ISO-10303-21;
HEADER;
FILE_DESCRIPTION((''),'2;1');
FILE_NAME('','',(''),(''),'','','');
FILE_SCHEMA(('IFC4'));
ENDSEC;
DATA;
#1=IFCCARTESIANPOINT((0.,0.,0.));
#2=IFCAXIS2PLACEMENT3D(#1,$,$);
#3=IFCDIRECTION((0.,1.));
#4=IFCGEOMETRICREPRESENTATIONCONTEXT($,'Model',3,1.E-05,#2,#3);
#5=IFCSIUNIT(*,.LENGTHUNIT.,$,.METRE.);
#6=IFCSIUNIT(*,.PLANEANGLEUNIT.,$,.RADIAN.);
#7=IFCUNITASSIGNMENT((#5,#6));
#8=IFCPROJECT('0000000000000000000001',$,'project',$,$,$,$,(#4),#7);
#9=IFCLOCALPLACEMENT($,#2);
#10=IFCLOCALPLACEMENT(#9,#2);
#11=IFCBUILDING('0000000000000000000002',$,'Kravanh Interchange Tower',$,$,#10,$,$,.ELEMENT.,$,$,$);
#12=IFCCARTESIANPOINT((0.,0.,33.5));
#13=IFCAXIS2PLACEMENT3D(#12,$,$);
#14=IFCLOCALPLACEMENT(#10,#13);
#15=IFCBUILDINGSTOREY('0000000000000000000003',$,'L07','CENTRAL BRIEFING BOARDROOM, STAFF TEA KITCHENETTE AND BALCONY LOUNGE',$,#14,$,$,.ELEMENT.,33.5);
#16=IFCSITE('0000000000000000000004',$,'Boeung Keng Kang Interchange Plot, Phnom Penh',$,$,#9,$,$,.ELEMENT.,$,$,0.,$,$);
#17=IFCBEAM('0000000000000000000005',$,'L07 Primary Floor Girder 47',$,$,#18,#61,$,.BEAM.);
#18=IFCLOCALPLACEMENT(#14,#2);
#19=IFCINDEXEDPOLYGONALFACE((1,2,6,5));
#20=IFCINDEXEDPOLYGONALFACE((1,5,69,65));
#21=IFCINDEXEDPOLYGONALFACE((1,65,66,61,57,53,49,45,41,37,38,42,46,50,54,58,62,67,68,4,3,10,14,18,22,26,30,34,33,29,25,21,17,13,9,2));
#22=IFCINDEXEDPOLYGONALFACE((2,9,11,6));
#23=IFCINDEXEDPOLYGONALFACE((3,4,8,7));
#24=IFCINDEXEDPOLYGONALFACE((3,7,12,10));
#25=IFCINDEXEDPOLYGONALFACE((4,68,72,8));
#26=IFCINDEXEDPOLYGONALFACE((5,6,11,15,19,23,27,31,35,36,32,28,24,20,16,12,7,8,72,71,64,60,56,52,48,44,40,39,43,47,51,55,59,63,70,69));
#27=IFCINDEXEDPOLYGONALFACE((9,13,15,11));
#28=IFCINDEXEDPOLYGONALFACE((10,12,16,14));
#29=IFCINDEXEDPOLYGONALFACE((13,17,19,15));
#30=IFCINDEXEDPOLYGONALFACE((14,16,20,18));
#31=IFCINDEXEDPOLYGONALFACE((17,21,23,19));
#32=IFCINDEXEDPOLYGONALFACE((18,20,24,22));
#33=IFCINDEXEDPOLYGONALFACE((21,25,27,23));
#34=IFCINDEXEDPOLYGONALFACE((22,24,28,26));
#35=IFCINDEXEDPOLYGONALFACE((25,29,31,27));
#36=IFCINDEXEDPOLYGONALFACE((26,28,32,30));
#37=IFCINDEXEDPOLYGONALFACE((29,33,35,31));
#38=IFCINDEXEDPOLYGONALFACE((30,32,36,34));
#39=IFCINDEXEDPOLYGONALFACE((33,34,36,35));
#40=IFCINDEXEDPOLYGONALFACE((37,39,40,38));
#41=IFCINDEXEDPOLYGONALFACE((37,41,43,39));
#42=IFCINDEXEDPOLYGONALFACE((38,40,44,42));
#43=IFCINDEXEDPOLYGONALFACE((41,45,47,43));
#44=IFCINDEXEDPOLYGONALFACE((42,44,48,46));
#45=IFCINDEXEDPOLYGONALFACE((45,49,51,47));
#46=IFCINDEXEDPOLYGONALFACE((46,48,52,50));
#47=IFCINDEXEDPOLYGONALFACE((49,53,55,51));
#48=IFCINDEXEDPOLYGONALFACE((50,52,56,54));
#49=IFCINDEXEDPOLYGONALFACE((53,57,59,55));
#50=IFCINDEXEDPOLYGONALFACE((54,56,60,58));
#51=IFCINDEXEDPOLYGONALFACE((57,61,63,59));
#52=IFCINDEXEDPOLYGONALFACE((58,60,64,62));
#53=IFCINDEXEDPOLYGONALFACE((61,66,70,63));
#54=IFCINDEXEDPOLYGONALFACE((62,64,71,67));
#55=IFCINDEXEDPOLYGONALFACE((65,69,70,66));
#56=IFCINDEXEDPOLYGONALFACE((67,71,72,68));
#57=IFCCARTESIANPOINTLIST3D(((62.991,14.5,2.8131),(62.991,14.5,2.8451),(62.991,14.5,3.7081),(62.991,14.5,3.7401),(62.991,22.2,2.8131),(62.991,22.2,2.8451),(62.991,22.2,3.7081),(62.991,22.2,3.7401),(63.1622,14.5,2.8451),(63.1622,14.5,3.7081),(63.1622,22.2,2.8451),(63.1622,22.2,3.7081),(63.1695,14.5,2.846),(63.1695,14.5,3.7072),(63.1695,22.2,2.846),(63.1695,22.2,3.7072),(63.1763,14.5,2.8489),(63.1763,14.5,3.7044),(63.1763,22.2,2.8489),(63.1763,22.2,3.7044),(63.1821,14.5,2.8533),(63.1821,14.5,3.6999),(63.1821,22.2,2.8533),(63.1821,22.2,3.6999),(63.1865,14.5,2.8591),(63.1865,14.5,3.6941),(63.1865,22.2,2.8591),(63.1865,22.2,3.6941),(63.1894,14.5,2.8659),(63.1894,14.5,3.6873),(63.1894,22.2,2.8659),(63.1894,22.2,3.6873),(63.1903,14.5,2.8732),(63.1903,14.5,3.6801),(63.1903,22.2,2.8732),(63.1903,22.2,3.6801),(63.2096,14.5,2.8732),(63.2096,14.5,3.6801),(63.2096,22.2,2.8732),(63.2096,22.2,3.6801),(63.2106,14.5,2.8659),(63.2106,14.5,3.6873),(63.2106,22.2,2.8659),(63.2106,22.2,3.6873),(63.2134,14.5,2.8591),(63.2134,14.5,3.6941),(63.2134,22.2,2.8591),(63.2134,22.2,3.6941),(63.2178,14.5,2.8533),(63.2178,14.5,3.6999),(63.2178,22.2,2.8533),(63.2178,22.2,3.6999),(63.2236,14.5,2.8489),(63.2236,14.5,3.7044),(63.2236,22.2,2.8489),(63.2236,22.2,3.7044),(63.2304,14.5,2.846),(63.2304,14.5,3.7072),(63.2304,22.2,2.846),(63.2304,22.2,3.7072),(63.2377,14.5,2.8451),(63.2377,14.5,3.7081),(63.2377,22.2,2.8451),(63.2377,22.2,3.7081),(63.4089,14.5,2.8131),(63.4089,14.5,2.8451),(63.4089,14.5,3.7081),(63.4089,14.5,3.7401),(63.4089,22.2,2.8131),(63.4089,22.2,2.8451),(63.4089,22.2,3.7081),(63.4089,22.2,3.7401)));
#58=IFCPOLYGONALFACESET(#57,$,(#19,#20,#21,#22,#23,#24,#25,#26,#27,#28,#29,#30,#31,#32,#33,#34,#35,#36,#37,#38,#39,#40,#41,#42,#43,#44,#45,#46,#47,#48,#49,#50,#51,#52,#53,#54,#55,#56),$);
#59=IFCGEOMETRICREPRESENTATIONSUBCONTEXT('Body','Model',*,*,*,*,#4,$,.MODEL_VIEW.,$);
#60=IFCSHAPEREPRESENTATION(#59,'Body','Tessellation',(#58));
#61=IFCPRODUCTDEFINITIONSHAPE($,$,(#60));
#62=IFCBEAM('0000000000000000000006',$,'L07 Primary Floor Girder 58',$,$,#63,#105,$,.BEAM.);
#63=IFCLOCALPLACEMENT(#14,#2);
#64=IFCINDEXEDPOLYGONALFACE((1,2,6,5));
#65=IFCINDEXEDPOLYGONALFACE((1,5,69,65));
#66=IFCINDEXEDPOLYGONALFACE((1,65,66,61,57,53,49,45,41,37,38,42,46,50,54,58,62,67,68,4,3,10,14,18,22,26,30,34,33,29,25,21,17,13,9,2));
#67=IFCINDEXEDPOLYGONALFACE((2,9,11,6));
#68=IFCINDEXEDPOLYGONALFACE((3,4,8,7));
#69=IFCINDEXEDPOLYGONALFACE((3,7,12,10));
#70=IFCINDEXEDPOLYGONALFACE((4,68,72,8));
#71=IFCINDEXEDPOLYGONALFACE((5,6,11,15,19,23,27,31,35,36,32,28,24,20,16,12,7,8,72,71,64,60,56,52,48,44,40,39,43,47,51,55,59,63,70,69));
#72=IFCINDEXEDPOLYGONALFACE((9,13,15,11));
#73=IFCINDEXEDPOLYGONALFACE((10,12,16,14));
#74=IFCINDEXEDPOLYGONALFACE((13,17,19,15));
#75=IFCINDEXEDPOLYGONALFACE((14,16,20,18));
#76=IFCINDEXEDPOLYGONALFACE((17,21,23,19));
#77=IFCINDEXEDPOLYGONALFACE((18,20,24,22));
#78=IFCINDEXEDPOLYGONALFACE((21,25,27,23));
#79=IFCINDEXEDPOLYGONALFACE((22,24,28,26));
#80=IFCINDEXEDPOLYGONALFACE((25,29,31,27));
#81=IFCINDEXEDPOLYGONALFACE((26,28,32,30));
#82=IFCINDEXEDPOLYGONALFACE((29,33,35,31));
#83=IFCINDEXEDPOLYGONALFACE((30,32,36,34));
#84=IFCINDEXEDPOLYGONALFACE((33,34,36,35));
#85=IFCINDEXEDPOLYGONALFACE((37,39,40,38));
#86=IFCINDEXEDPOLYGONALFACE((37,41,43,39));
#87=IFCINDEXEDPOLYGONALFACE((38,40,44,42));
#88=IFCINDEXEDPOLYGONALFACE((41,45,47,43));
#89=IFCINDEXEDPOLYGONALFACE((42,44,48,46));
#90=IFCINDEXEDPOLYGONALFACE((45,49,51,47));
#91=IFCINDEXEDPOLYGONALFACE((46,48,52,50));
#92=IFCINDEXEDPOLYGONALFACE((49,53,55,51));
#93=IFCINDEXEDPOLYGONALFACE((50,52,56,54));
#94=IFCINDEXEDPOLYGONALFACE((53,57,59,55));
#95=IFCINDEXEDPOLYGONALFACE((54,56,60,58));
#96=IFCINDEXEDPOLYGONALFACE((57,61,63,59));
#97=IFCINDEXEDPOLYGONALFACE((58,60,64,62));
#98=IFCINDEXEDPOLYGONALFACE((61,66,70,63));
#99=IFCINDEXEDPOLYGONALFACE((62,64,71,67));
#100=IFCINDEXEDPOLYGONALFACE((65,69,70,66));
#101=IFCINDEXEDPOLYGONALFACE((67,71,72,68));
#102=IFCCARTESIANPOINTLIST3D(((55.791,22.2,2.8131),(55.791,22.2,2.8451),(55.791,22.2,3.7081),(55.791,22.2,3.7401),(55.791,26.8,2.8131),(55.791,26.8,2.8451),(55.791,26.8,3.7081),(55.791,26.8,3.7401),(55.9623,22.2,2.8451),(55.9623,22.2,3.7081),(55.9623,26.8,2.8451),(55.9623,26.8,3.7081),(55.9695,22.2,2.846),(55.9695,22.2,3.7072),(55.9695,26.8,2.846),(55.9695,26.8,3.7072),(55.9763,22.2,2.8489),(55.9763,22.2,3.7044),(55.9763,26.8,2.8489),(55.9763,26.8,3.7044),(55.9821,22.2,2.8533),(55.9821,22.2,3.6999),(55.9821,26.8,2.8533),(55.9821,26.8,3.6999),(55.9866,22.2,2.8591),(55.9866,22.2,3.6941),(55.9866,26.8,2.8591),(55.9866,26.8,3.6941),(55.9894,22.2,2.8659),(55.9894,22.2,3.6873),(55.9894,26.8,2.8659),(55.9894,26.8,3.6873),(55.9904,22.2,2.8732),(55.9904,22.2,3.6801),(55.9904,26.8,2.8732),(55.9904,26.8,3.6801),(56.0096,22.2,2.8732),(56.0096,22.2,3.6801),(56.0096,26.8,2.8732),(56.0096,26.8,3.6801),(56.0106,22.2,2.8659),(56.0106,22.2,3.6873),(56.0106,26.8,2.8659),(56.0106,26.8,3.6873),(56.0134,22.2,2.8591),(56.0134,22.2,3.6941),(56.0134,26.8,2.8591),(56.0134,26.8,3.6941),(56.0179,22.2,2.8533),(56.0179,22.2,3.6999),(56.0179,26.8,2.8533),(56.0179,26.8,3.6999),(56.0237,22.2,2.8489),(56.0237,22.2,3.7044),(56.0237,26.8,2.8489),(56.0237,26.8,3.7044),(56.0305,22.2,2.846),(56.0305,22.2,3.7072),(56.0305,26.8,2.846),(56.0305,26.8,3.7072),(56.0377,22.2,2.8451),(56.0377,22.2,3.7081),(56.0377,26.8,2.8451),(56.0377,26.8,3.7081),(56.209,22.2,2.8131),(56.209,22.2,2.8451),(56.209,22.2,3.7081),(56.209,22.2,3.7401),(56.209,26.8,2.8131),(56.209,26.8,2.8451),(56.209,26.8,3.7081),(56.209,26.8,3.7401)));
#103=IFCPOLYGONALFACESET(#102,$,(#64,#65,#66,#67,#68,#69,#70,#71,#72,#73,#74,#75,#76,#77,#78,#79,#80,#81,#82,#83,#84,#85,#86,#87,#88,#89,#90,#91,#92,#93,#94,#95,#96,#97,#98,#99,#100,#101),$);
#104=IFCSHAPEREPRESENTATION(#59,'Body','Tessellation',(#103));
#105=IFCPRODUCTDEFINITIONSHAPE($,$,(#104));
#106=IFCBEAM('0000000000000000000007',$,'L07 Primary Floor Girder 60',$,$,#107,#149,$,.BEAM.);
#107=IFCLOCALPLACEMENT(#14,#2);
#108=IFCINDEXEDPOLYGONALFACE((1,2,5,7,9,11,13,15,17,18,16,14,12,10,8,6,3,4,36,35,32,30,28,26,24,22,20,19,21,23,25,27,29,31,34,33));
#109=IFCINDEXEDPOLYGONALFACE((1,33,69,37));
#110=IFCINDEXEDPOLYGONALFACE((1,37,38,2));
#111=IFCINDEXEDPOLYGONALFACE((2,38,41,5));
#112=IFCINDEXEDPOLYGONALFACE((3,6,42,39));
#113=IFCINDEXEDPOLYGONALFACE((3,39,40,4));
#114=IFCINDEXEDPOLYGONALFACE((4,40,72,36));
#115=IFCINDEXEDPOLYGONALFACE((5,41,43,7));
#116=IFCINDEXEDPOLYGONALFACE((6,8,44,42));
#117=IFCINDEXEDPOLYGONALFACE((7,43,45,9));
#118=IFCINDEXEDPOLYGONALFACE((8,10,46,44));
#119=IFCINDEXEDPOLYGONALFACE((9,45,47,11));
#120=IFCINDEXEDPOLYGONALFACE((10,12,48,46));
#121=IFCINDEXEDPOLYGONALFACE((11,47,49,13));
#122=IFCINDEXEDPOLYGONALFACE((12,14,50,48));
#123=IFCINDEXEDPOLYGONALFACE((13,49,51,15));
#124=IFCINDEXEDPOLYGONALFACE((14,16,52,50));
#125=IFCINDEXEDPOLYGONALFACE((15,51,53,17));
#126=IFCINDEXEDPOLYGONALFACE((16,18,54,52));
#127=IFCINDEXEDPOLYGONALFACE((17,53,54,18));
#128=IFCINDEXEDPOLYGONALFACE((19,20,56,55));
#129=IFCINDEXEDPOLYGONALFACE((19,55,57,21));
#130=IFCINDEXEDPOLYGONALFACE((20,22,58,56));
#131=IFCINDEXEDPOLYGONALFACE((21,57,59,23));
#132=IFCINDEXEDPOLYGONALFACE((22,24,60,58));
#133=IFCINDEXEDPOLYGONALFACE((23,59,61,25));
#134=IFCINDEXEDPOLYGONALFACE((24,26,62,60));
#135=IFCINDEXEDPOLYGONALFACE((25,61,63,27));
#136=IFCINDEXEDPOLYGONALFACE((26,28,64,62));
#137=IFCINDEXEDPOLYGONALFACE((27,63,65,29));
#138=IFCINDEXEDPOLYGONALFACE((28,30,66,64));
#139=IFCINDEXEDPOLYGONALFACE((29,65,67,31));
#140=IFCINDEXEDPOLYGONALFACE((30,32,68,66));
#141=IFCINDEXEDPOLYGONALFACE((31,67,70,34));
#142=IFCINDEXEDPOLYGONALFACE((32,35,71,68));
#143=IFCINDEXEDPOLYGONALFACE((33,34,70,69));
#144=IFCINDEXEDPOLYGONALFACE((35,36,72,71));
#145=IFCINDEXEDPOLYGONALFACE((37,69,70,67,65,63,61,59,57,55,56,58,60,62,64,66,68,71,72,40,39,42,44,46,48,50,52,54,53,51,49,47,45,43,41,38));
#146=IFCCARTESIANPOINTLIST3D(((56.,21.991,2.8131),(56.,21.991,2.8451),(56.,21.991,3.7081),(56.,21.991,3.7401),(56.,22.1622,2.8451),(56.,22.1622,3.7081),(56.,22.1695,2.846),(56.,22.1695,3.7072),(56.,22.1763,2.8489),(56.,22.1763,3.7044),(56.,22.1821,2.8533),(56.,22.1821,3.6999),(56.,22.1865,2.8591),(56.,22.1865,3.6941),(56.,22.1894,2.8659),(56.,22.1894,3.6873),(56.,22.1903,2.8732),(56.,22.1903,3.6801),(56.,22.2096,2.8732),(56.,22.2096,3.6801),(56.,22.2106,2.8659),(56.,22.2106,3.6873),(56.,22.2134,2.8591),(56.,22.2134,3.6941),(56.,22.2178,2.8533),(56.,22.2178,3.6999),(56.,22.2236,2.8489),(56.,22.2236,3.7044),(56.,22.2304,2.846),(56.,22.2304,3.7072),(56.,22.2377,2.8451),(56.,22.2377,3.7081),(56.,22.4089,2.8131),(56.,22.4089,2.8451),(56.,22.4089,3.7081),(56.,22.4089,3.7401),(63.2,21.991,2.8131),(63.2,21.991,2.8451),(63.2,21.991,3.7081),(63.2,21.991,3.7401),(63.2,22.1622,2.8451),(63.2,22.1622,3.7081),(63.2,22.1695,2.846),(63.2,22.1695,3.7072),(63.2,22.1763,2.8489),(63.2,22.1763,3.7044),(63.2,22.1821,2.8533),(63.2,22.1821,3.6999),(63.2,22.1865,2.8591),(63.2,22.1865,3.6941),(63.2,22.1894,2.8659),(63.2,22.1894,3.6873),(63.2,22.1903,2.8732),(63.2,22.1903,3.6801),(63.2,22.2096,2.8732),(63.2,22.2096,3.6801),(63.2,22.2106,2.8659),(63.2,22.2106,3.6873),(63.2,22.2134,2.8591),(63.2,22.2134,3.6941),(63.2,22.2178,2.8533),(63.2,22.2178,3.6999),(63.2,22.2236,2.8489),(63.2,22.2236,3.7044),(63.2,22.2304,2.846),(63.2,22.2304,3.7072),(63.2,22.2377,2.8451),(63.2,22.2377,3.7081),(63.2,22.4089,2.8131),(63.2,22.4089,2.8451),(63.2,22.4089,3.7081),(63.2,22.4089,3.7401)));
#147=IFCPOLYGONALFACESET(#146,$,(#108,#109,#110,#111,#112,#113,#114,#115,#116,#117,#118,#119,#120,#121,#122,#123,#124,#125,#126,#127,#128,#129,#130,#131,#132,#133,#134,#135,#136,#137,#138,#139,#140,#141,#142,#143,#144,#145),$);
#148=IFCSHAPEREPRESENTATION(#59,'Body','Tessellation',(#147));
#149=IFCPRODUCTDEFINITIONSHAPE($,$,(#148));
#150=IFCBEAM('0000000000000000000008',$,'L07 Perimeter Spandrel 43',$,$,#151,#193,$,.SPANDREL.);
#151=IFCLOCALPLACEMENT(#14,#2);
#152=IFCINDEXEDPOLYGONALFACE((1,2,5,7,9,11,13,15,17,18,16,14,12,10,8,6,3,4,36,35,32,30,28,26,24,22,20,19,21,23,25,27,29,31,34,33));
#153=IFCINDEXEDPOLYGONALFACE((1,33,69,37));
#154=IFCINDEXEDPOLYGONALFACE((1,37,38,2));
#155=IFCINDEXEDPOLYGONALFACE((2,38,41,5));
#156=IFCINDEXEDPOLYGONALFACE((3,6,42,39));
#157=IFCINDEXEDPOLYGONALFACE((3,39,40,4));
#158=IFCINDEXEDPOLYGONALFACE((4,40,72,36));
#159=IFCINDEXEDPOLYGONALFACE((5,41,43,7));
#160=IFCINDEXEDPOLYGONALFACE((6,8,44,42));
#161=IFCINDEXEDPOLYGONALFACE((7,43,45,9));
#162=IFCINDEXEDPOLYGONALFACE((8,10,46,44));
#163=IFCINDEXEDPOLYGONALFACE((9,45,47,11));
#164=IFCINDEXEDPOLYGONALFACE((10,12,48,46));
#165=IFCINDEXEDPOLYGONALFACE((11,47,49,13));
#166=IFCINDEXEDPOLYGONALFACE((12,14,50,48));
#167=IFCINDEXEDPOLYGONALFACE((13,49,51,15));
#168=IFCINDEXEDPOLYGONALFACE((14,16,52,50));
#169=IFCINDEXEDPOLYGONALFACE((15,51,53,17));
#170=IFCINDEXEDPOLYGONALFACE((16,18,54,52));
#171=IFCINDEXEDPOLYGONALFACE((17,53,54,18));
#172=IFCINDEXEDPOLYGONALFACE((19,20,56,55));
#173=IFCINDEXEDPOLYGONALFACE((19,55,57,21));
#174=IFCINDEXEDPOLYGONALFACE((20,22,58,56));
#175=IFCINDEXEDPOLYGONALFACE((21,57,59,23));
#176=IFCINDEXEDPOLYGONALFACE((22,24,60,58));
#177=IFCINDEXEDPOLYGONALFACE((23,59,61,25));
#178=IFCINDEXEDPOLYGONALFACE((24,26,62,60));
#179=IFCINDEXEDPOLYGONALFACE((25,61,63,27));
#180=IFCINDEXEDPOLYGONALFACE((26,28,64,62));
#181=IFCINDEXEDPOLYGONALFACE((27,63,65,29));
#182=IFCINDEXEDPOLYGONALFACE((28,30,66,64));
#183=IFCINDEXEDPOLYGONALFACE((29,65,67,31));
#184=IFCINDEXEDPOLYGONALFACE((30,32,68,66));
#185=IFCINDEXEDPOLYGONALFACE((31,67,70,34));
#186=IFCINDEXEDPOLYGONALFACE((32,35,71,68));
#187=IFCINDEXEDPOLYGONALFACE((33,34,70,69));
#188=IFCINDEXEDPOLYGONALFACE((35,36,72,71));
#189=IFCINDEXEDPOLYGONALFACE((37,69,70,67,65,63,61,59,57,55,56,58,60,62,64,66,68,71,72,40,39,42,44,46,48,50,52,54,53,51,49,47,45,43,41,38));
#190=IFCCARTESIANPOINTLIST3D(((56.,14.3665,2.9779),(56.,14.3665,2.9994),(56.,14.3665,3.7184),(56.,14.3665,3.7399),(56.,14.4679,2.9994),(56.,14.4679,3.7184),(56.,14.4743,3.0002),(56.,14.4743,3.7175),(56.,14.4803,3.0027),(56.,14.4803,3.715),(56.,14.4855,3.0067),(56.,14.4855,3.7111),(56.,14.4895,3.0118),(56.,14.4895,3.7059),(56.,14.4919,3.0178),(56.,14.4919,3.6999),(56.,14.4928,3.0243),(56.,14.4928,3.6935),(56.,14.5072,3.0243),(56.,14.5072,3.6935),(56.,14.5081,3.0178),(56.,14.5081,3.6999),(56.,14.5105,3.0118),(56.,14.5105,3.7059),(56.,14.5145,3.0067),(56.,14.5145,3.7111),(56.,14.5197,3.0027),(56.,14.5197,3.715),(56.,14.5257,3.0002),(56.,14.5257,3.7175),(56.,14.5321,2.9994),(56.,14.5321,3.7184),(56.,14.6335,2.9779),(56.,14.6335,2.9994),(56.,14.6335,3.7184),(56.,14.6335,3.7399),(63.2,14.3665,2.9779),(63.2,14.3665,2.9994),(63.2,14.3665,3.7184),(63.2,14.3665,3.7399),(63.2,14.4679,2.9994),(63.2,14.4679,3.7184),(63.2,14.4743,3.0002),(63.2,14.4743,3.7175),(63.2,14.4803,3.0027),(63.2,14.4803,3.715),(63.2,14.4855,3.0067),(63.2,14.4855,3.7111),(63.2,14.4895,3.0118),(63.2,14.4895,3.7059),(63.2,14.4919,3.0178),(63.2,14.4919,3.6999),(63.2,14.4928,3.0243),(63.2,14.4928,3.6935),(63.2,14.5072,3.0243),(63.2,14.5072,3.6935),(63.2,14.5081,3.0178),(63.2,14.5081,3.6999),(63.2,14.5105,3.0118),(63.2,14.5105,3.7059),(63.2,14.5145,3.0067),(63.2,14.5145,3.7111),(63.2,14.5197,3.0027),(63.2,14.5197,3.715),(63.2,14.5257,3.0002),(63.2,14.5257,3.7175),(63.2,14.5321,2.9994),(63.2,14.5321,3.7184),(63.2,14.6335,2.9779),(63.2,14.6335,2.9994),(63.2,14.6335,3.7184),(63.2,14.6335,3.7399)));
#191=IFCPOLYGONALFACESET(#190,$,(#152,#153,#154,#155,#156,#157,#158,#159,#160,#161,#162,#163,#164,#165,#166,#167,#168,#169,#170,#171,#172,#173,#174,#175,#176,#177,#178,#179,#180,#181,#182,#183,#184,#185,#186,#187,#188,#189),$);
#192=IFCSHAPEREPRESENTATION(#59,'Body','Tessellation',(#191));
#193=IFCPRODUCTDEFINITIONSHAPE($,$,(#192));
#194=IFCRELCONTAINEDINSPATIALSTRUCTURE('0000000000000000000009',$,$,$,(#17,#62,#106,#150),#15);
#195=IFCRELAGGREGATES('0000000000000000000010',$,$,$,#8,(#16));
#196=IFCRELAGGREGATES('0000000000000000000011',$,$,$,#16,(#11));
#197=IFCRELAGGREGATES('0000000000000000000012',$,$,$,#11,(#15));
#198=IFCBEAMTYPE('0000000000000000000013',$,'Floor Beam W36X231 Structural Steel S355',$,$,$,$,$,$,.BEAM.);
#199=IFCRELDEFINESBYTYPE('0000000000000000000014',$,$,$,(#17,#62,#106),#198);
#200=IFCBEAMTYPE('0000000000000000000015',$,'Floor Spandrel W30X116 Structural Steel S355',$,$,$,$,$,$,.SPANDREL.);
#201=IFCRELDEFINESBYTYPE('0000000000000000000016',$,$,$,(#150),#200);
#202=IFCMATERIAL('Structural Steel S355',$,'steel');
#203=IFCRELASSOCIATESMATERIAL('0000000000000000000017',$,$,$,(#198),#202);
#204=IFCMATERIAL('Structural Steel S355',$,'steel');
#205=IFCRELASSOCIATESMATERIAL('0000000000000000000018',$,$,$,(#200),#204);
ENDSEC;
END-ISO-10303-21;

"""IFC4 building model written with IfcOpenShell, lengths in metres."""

from ifc_helpers import new_model, si_unit, direction, frame, origin, origin_2d, place, context, subcontext, project, spatial, i_section, extrude, material, material_profile, profile_set, type_object, element, save


model = new_model("IFC4")

# Units and contexts
model_context = context("Model", 3, precision=1e-05, world=origin(), true_north=direction((0.0, 1.0)))
body_context = subcontext(model_context, "Body", "Model", "MODEL_VIEW")
ifc_project = project(units=[si_unit("LENGTHUNIT", "METRE"), si_unit("PLANEANGLEUNIT", "RADIAN")], contexts=[model_context])

# Site, building, storey
site_placement = place(None, origin())
site = spatial("IfcSite", under=ifc_project, at=site_placement, Name="Boeung Keng Kang Interchange Plot, Phnom Penh", CompositionType="ELEMENT", RefElevation=0.0)
building_placement = place(site_placement, origin())
building = spatial("IfcBuilding", under=site, at=building_placement, Name="Kravanh Interchange Tower", CompositionType="ELEMENT")
storey_placement = place(building_placement, frame((0.0, 0.0, 33.5)))
storey = spatial("IfcBuildingStorey", under=building, at=storey_placement, Name="L07", Description="CENTRAL BRIEFING BOARDROOM, STAFF TEA KITCHENETTE AND BALCONY LOUNGE", CompositionType="ELEMENT", Elevation=33.5)

# Beams
ifc_material_1 = material(Name="Structural Steel S355", Category="steel")
ifc_material_profile_1 = material_profile(ifc_material_1, i_section(OverallWidth=0.418, OverallDepth=0.927, WebThickness=0.0193, FlangeThickness=0.032, FilletRadius=0.0281, at=origin_2d()), Name="W36X231")
ifc_profile_set_1 = profile_set([ifc_material_profile_1], Name="Structural Steel S355")
beam_type_1 = type_object("IfcBeamType", Name="Floor Beam W36X231 Structural Steel S355", PredefinedType="BEAM", material=ifc_profile_set_1)
for number, where, z_axis, x_axis, name in (
    (1, (63.2, 14.5, 3.2766), (0.0, 1.0, 0.0), (-1.0, 0.0, 0.0), "L07 Primary Floor Girder 47"),
):
    element("IfcBeam", number, at=place(storey_placement, frame(where, z_axis=z_axis, x_axis=x_axis)), inside=storey, type_object=beam_type_1, Name=name, PredefinedType="BEAM", context=body_context, shape_type="SweptSolid", body=[
        extrude(i_section(OverallWidth=0.418, OverallDepth=0.927, WebThickness=0.0193, FlangeThickness=0.032, FilletRadius=0.0281, at=origin_2d()), origin(), (0.0, 0.0, 1.0), 7.7),
    ])
beam_1_placement = place(storey_placement, frame((56.0, 22.2, 3.2766), z_axis=(0.0, 1.0, 0.0), x_axis=(-1.0, 0.0, 0.0)))
element("IfcBeam", 2, at=beam_1_placement, inside=storey, type_object=beam_type_1, Name="L07 Primary Floor Girder 58", PredefinedType="BEAM", context=body_context, shape_type="SweptSolid", body=[
    extrude(i_section(OverallWidth=0.418, OverallDepth=0.927, WebThickness=0.0193, FlangeThickness=0.032, FilletRadius=0.0281, at=origin_2d()), origin(), (0.0, 0.0, 1.0), 4.6001),
])
beam_2_placement = place(storey_placement, frame((56.0, 22.2, 3.2766), z_axis=(1.0, 0.0, 0.0), x_axis=(0.0, 1.0, 0.0)))
element("IfcBeam", 3, at=beam_2_placement, inside=storey, type_object=beam_type_1, Name="L07 Primary Floor Girder 60", PredefinedType="BEAM", context=body_context, shape_type="SweptSolid", body=[
    extrude(i_section(OverallWidth=0.418, OverallDepth=0.927, WebThickness=0.0193, FlangeThickness=0.032, FilletRadius=0.0281, at=origin_2d()), origin(), (0.0, 0.0, 1.0), 7.2),
])
ifc_material_2 = material(Name="Structural Steel S355", Category="steel")
ifc_material_profile_2 = material_profile(ifc_material_2, i_section(OverallWidth=0.2671, OverallDepth=0.762, WebThickness=0.0144, FlangeThickness=0.0215, FilletRadius=0.0249, at=origin_2d()), Name="W30X116")
ifc_profile_set_2 = profile_set([ifc_material_profile_2], Name="Structural Steel S355")
beam_type_2 = type_object("IfcBeamType", Name="Floor Spandrel W30X116 Structural Steel S355", PredefinedType="SPANDREL", material=ifc_profile_set_2)
beam_3_placement = place(storey_placement, frame((56.0, 14.5, 3.3589), z_axis=(1.0, 0.0, 0.0), x_axis=(0.0, 1.0, 0.0)))
element("IfcBeam", 4, at=beam_3_placement, inside=storey, type_object=beam_type_2, Name="L07 Perimeter Spandrel 43", PredefinedType="SPANDREL", context=body_context, shape_type="SweptSolid", body=[
    extrude(i_section(OverallWidth=0.2671, OverallDepth=0.762, WebThickness=0.0144, FlangeThickness=0.0215, FilletRadius=0.0249, at=origin_2d()), origin(), (0.0, 0.0, 1.0), 7.2),
])

save(model, "model.ifc")
